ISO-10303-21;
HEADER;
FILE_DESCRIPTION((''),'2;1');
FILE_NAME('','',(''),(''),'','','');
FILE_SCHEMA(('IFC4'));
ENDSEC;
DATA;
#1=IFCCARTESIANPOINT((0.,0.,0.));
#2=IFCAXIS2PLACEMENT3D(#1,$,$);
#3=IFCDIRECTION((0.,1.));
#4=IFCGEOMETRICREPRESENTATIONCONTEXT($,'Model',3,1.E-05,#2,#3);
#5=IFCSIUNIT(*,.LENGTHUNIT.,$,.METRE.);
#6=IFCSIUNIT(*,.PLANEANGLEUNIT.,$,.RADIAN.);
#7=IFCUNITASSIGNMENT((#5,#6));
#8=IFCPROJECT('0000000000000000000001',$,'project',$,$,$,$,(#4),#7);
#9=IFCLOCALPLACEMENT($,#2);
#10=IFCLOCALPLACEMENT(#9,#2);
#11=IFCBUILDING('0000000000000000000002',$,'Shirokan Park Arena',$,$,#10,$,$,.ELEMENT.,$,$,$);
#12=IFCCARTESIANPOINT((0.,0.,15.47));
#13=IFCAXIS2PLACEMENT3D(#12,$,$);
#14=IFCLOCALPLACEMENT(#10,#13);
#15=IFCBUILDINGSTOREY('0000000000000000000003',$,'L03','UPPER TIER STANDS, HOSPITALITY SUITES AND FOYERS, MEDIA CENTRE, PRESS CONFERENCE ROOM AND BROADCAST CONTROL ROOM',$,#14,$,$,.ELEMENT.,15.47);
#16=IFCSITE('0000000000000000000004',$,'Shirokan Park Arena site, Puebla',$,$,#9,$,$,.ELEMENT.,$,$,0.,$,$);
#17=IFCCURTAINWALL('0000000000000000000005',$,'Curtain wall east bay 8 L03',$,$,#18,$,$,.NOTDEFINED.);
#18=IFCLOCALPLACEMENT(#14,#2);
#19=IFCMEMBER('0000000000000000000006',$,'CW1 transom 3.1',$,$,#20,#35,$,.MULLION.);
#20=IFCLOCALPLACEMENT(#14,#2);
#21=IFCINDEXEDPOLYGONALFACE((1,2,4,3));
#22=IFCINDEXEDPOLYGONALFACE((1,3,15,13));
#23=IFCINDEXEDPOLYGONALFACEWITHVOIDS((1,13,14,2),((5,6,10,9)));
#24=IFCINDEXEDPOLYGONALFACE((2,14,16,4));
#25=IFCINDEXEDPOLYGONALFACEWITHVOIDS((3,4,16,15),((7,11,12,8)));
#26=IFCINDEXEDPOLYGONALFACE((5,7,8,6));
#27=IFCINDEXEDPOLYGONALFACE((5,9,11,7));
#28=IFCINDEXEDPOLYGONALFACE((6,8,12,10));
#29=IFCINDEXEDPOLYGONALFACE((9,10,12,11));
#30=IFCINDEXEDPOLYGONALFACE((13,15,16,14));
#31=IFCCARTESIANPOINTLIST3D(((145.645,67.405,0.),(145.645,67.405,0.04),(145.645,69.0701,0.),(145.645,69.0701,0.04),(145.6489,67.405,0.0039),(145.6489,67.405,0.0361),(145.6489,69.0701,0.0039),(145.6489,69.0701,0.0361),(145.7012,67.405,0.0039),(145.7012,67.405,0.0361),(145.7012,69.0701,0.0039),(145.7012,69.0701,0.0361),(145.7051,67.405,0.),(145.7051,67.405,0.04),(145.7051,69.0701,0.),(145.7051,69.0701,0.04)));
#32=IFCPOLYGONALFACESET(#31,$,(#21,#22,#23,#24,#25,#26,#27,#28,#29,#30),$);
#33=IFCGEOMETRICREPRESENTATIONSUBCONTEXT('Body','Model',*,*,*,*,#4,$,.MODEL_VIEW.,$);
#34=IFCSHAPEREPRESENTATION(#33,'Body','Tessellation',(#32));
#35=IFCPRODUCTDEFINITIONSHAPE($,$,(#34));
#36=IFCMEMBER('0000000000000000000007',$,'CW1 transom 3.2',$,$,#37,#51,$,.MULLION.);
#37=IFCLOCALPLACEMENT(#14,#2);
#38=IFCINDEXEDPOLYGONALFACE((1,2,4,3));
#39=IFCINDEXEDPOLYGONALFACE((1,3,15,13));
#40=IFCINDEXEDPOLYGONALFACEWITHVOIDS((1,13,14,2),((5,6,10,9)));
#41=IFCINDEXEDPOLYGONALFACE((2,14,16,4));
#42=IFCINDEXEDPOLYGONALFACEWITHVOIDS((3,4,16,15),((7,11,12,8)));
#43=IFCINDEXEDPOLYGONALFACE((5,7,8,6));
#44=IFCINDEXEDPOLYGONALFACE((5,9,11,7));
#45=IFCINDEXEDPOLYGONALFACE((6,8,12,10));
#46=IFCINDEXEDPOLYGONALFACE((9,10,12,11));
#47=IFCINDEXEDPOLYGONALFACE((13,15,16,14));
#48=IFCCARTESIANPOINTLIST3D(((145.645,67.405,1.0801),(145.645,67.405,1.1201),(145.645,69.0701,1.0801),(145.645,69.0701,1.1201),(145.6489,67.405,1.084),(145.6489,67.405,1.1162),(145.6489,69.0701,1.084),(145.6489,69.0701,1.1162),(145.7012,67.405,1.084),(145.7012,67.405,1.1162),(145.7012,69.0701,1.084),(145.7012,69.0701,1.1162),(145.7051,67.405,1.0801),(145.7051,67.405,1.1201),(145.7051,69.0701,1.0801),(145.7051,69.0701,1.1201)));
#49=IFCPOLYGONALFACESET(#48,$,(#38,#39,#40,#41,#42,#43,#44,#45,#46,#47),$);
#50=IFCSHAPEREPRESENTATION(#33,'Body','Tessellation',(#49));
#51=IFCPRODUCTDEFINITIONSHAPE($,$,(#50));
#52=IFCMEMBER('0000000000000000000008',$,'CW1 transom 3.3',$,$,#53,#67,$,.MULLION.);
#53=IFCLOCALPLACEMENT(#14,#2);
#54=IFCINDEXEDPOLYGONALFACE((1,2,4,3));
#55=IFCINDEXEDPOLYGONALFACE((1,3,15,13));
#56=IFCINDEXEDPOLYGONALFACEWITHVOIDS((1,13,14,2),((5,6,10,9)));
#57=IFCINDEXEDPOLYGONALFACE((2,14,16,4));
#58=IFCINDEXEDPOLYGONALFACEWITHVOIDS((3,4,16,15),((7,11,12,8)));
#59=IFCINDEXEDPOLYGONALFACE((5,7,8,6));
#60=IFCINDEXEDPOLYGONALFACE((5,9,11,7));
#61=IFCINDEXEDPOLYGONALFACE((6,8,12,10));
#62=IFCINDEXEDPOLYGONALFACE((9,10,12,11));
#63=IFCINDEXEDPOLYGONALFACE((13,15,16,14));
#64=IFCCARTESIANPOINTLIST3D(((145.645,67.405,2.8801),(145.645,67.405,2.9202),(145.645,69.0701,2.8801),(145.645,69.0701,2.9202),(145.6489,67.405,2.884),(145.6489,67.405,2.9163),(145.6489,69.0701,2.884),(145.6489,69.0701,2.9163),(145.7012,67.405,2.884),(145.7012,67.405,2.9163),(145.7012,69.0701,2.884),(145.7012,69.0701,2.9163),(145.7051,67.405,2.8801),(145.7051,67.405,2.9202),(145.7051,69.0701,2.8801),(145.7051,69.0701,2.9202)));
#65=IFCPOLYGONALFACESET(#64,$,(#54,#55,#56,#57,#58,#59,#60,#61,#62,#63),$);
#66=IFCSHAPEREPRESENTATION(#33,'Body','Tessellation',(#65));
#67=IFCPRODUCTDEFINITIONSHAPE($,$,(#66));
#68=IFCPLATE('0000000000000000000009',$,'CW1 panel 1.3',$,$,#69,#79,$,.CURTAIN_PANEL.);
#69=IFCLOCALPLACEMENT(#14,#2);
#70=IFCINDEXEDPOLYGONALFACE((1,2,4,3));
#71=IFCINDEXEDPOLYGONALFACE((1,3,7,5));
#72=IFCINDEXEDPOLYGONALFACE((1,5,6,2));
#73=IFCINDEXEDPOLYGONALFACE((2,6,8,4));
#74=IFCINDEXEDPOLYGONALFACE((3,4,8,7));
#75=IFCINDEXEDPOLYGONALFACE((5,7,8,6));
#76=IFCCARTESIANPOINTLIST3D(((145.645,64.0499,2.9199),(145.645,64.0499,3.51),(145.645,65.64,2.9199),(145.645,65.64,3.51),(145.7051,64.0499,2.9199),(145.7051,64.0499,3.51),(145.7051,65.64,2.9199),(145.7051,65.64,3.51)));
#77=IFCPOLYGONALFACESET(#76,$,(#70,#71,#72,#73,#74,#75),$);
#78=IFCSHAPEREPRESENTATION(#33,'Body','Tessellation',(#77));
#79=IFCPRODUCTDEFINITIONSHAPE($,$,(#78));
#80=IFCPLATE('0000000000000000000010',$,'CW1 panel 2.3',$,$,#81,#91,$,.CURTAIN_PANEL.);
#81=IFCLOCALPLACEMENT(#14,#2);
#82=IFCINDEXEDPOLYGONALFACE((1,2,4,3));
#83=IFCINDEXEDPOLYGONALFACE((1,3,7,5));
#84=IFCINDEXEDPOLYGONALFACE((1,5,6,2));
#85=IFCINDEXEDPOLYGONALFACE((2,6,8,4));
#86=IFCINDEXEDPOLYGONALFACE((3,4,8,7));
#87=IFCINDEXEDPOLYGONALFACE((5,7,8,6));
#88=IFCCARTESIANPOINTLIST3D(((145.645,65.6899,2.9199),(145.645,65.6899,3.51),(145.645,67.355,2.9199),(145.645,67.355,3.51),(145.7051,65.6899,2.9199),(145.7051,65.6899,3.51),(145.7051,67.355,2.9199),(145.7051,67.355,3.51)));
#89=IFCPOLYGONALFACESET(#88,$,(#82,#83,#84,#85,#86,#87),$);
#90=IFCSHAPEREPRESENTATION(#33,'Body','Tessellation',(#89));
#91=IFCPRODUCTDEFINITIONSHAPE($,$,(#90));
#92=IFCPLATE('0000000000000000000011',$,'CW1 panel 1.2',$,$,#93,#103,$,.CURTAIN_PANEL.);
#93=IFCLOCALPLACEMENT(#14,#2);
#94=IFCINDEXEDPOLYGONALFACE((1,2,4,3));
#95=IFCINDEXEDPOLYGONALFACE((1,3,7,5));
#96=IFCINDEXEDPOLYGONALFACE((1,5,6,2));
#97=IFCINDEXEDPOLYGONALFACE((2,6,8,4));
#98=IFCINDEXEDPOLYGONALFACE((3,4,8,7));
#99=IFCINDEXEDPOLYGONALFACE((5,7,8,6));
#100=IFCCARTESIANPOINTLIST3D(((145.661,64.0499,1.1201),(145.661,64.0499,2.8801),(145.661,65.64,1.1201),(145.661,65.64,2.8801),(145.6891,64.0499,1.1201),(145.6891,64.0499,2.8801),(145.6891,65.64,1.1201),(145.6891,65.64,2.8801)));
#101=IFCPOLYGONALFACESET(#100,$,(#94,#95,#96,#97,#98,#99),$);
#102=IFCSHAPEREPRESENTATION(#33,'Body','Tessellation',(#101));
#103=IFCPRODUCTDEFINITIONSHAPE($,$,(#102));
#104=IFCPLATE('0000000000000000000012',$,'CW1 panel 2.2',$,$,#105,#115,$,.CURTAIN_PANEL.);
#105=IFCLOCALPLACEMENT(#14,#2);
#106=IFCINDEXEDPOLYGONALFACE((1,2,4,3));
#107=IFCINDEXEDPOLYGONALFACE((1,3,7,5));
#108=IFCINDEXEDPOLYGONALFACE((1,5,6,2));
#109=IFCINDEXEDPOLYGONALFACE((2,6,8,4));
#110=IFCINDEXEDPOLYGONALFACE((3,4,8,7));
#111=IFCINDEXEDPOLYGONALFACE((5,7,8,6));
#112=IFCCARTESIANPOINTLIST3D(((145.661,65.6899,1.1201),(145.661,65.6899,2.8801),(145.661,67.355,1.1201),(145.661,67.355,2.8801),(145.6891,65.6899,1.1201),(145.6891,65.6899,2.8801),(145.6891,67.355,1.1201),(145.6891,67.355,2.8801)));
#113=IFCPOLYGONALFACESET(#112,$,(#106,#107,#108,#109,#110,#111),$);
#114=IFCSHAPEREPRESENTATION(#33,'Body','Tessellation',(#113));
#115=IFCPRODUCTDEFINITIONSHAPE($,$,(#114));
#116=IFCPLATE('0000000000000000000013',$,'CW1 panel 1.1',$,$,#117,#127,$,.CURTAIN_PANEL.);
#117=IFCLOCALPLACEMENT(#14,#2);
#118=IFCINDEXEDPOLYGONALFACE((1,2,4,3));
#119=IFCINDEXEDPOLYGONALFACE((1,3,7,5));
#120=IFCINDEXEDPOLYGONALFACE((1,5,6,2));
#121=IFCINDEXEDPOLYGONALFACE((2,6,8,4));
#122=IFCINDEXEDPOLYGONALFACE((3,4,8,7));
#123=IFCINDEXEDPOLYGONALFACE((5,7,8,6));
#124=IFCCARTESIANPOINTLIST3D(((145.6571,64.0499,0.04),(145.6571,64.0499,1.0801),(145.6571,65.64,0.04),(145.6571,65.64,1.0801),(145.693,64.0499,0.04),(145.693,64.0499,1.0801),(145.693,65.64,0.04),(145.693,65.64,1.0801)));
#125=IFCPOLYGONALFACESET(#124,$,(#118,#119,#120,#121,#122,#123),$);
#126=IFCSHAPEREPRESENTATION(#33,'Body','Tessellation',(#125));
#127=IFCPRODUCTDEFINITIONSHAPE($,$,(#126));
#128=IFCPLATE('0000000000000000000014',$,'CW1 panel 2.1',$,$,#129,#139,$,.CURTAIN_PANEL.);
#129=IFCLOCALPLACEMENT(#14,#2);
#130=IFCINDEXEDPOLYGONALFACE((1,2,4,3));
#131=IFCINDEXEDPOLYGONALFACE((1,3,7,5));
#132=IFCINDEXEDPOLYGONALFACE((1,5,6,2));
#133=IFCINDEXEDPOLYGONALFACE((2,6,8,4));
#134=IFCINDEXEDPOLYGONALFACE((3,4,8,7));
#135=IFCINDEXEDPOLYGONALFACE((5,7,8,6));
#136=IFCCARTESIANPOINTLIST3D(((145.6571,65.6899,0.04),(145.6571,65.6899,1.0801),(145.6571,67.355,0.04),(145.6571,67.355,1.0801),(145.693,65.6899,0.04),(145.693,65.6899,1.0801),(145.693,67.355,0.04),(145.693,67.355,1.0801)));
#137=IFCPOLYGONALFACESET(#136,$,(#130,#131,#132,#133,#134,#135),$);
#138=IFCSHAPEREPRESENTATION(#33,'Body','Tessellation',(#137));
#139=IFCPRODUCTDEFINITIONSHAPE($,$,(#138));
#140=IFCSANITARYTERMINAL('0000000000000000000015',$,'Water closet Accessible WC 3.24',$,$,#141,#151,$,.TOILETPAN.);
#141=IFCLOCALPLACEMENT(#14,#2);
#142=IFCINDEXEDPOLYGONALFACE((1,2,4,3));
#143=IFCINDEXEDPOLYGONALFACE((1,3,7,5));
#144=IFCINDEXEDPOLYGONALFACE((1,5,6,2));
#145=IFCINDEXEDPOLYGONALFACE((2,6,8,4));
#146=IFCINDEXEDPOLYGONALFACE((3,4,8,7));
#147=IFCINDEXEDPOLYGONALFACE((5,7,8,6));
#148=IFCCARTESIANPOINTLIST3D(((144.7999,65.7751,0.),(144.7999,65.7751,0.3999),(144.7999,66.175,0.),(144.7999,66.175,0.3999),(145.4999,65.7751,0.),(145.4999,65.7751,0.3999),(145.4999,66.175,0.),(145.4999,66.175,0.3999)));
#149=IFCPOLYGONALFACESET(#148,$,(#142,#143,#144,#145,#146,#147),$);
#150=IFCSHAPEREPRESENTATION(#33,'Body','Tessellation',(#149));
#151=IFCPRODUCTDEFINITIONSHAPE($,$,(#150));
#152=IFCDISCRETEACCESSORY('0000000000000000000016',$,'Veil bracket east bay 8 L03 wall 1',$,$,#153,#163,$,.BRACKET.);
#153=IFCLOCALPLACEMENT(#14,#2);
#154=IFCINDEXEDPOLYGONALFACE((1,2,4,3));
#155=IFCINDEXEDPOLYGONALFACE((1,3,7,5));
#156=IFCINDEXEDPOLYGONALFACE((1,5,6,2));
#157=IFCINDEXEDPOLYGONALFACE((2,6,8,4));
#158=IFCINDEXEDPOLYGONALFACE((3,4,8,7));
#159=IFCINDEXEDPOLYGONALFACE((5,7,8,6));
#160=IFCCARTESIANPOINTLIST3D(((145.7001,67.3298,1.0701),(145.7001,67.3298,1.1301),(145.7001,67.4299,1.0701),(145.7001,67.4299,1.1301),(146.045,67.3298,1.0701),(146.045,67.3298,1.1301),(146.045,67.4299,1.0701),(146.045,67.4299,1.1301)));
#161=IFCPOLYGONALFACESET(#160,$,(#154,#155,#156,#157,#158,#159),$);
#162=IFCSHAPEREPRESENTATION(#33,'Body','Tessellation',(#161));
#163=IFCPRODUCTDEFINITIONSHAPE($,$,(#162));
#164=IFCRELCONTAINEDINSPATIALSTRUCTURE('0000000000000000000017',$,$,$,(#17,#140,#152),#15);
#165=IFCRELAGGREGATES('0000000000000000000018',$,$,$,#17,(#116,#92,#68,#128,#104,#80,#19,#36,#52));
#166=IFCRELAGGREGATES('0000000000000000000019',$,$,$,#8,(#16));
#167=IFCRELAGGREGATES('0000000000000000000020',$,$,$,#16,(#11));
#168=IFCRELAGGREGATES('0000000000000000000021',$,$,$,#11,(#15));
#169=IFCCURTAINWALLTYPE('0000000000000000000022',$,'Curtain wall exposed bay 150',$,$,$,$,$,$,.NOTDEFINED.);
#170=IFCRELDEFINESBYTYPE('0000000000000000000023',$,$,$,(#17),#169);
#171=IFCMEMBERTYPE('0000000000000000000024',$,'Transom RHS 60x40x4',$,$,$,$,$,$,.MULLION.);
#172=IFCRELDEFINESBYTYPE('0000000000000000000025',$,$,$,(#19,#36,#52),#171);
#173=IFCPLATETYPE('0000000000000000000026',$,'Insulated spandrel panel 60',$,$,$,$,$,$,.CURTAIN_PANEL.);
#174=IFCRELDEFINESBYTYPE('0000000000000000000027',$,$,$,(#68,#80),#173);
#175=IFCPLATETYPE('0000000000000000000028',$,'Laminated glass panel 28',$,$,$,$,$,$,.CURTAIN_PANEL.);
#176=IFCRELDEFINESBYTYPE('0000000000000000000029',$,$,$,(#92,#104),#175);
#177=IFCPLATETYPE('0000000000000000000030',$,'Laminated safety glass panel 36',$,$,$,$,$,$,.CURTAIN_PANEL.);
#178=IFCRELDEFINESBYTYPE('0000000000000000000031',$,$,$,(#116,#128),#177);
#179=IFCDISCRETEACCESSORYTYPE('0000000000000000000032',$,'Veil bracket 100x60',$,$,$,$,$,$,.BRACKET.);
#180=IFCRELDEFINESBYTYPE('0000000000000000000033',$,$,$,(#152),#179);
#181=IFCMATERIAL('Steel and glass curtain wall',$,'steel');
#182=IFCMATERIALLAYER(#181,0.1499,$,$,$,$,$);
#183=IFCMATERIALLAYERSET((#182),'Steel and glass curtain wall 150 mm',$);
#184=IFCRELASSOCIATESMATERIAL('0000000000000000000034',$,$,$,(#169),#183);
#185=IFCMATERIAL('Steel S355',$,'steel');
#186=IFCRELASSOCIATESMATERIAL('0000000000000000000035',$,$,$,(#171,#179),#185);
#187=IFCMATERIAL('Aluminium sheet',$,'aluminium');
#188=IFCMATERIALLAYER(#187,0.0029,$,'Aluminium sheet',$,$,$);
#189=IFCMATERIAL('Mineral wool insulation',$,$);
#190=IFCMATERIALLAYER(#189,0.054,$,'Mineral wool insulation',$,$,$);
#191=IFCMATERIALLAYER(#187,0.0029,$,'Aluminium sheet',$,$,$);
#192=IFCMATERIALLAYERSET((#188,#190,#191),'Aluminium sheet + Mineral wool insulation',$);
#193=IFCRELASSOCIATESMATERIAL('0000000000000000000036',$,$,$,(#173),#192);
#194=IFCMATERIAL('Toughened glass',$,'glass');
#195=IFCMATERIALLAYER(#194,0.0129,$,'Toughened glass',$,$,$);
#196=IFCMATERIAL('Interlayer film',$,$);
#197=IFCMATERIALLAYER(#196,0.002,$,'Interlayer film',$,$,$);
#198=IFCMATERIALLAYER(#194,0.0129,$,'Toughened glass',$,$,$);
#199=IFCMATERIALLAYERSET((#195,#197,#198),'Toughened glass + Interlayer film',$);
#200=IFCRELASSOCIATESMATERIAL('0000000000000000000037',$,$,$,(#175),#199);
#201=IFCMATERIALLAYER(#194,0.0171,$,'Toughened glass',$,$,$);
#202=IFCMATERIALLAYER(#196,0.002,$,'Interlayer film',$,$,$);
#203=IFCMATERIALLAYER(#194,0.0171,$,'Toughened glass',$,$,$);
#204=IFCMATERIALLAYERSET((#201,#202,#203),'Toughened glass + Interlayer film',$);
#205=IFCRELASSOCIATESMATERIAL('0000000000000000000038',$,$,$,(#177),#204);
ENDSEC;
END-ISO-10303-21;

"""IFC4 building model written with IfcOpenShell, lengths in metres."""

from ifc_helpers import new_model, si_unit, direction, frame, origin, origin_2d, place, context, subcontext, project, spatial, rectangle, hollow_rectangle, extrude, material, layer, layer_set, material_profile, profile_set, type_object, element, aggregate, save


model = new_model("IFC4")

# Units and contexts
model_context = context("Model", 3, precision=1e-05, world=origin(), true_north=direction((0.0, 1.0)))
body_context = subcontext(model_context, "Body", "Model", "MODEL_VIEW")
ifc_project = project(units=[si_unit("LENGTHUNIT", "METRE"), si_unit("PLANEANGLEUNIT", "RADIAN")], contexts=[model_context])

# Site, building, storey
site_placement = place(None, origin())
site = spatial("IfcSite", under=ifc_project, at=site_placement, Name="Shirokan Park Arena site, Puebla", CompositionType="ELEMENT", RefElevation=0.0)
building_placement = place(site_placement, origin())
building = spatial("IfcBuilding", under=site, at=building_placement, Name="Shirokan Park Arena", CompositionType="ELEMENT")
storey_placement = place(building_placement, frame((0.0, 0.0, 15.47)))
storey = spatial("IfcBuildingStorey", under=building, at=storey_placement, Name="L03", Description="UPPER TIER STANDS, HOSPITALITY SUITES AND FOYERS, MEDIA CENTRE, PRESS CONFERENCE ROOM AND BROADCAST CONTROL ROOM", CompositionType="ELEMENT", Elevation=15.47)

# Curtain wall
ifc_material_1 = material(Name="Steel and glass curtain wall", Category="steel")
ifc_layer_1 = layer(ifc_material_1, 0.1499)
ifc_layer_set_1 = layer_set([ifc_layer_1], Name="Steel and glass curtain wall 150 mm")
curtain_wall_type = type_object("IfcCurtainWallType", Name="Curtain wall exposed bay 150", PredefinedType="NOTDEFINED", material=ifc_layer_set_1)
curtain_wall_placement = place(storey_placement, origin())
curtain_wall = element("IfcCurtainWall", 1, at=curtain_wall_placement, inside=storey, type_object=curtain_wall_type, Name="Curtain wall east bay 8 L03", PredefinedType="NOTDEFINED")
ifc_material_2 = material(Name="Steel S355", Category="steel")

# Members
ifc_material_profile_1 = material_profile(ifc_material_2, hollow_rectangle(XDim=0.0601, YDim=0.04, WallThickness=0.0039, at=origin_2d()), Name="RHS 60x40x4")
ifc_profile_set_1 = profile_set([ifc_material_profile_1], Name="Steel S355")
member_type_1 = type_object("IfcMemberType", Name="Transom RHS 60x40x4", PredefinedType="MULLION", material=ifc_profile_set_1)
member_1_placement = place(storey_placement, frame((145.675, 67.405, 0.02), z_axis=(0.0, 1.0, 0.0), x_axis=(-1.0, 0.0, 0.0)))
member_1 = element("IfcMember", 2, at=member_1_placement, type_object=member_type_1, Name="CW1 transom 3.1", PredefinedType="MULLION", context=body_context, shape_type="SweptSolid", body=[
    extrude(hollow_rectangle(XDim=0.0601, YDim=0.04, WallThickness=0.0039, at=origin_2d()), origin(), (0.0, 0.0, 1.0), 1.665),
])
member_2_placement = place(storey_placement, frame((145.675, 67.405, 1.1001), z_axis=(0.0, 1.0, 0.0), x_axis=(-1.0, 0.0, 0.0)))
member_2 = element("IfcMember", 3, at=member_2_placement, type_object=member_type_1, Name="CW1 transom 3.2", PredefinedType="MULLION", context=body_context, shape_type="SweptSolid", body=[
    extrude(hollow_rectangle(XDim=0.0601, YDim=0.04, WallThickness=0.0039, at=origin_2d()), origin(), (0.0, 0.0, 1.0), 1.665),
])
member_3_placement = place(storey_placement, frame((145.675, 67.405, 2.9001), z_axis=(0.0, 1.0, 0.0), x_axis=(-1.0, 0.0, 0.0)))
member_3 = element("IfcMember", 4, at=member_3_placement, type_object=member_type_1, Name="CW1 transom 3.3", PredefinedType="MULLION", context=body_context, shape_type="SweptSolid", body=[
    extrude(hollow_rectangle(XDim=0.0601, YDim=0.04, WallThickness=0.0039, at=origin_2d()), origin(), (0.0, 0.0, 1.0), 1.665),
])

# Plates
ifc_material_3 = material(Name="Aluminium sheet", Category="aluminium")
ifc_layer_2 = layer(ifc_material_3, 0.0029, Name="Aluminium sheet")
ifc_material_4 = material(Name="Mineral wool insulation")
ifc_layer_3 = layer(ifc_material_4, 0.054, Name="Mineral wool insulation")
ifc_layer_4 = layer(ifc_material_3, 0.0029, Name="Aluminium sheet")
ifc_layer_set_2 = layer_set([ifc_layer_2, ifc_layer_3, ifc_layer_4], Name="Aluminium sheet + Mineral wool insulation")
plate_type_1 = type_object("IfcPlateType", Name="Insulated spandrel panel 60", PredefinedType="CURTAIN_PANEL", material=ifc_layer_set_2)
plate_1_placement = place(storey_placement, frame((145.675, 64.845, 2.9199), z_axis=(0.0, 0.0, 1.0), x_axis=(0.0, 1.0, 0.0)))
plate_1 = element("IfcPlate", 5, at=plate_1_placement, type_object=plate_type_1, Name="CW1 panel 1.3", PredefinedType="CURTAIN_PANEL", context=body_context, shape_type="SweptSolid", body=[
    extrude(rectangle(XDim=1.5901, YDim=0.0601, at=origin_2d()), origin(), (0.0, 0.0, 1.0), 0.5901),
])
plate_2_placement = place(storey_placement, frame((145.675, 66.5225, 2.9199), z_axis=(0.0, 0.0, 1.0), x_axis=(0.0, 1.0, 0.0)))
plate_2 = element("IfcPlate", 6, at=plate_2_placement, type_object=plate_type_1, Name="CW1 panel 2.3", PredefinedType="CURTAIN_PANEL", context=body_context, shape_type="SweptSolid", body=[
    extrude(rectangle(XDim=1.665, YDim=0.0601, at=origin_2d()), origin(), (0.0, 0.0, 1.0), 0.5901),
])
ifc_material_5 = material(Name="Toughened glass", Category="glass")
ifc_layer_5 = layer(ifc_material_5, 0.0129, Name="Toughened glass")
ifc_material_6 = material(Name="Interlayer film")
ifc_layer_6 = layer(ifc_material_6, 0.002, Name="Interlayer film")
ifc_layer_7 = layer(ifc_material_5, 0.0129, Name="Toughened glass")
ifc_layer_set_3 = layer_set([ifc_layer_5, ifc_layer_6, ifc_layer_7], Name="Toughened glass + Interlayer film")
plate_type_2 = type_object("IfcPlateType", Name="Laminated glass panel 28", PredefinedType="CURTAIN_PANEL", material=ifc_layer_set_3)
plate_3_placement = place(storey_placement, frame((145.675, 64.845, 1.1201), z_axis=(0.0, 0.0, 1.0), x_axis=(0.0, 1.0, 0.0)))
plate_3 = element("IfcPlate", 7, at=plate_3_placement, type_object=plate_type_2, Name="CW1 panel 1.2", PredefinedType="CURTAIN_PANEL", context=body_context, shape_type="SweptSolid", body=[
    extrude(rectangle(XDim=1.5901, YDim=0.0281, at=origin_2d()), origin(), (0.0, 0.0, 1.0), 1.76),
])
plate_4_placement = place(storey_placement, frame((145.675, 66.5225, 1.1201), z_axis=(0.0, 0.0, 1.0), x_axis=(0.0, 1.0, 0.0)))
plate_4 = element("IfcPlate", 8, at=plate_4_placement, type_object=plate_type_2, Name="CW1 panel 2.2", PredefinedType="CURTAIN_PANEL", context=body_context, shape_type="SweptSolid", body=[
    extrude(rectangle(XDim=1.665, YDim=0.0281, at=origin_2d()), origin(), (0.0, 0.0, 1.0), 1.76),
])
ifc_layer_8 = layer(ifc_material_5, 0.0171, Name="Toughened glass")
ifc_layer_9 = layer(ifc_material_6, 0.002, Name="Interlayer film")
ifc_layer_10 = layer(ifc_material_5, 0.0171, Name="Toughened glass")
ifc_layer_set_4 = layer_set([ifc_layer_8, ifc_layer_9, ifc_layer_10], Name="Toughened glass + Interlayer film")
plate_type_3 = type_object("IfcPlateType", Name="Laminated safety glass panel 36", PredefinedType="CURTAIN_PANEL", material=ifc_layer_set_4)
plate_5_placement = place(storey_placement, frame((145.675, 64.845, 0.04), z_axis=(0.0, 0.0, 1.0), x_axis=(0.0, 1.0, 0.0)))
plate_5 = element("IfcPlate", 9, at=plate_5_placement, type_object=plate_type_3, Name="CW1 panel 1.1", PredefinedType="CURTAIN_PANEL", context=body_context, shape_type="SweptSolid", body=[
    extrude(rectangle(XDim=1.5901, YDim=0.0359, at=origin_2d()), origin(), (0.0, 0.0, 1.0), 1.04),
])
plate_6_placement = place(storey_placement, frame((145.675, 66.5225, 0.04), z_axis=(0.0, 0.0, 1.0), x_axis=(0.0, 1.0, 0.0)))
plate_6 = element("IfcPlate", 10, at=plate_6_placement, type_object=plate_type_3, Name="CW1 panel 2.1", PredefinedType="CURTAIN_PANEL", context=body_context, shape_type="SweptSolid", body=[
    extrude(rectangle(XDim=1.665, YDim=0.0359, at=origin_2d()), origin(), (0.0, 0.0, 1.0), 1.04),
])
aggregate(curtain_wall, [plate_5, plate_3, plate_1, plate_6, plate_4, plate_2, member_1, member_2, member_3])

# Sanitary terminal
sanitary_terminal_placement = place(storey_placement, frame((145.1499, 65.9751, 0.0), z_axis=(0.0, 0.0, 1.0), x_axis=(1.0, 0.0, 0.0)))
element("IfcSanitaryTerminal", 11, at=sanitary_terminal_placement, inside=storey, Name="Water closet Accessible WC 3.24", PredefinedType="TOILETPAN", context=body_context, shape_type="SweptSolid", body=[
    extrude(rectangle(XDim=0.7, YDim=0.3999, at=origin_2d()), origin(), (0.0, 0.0, 1.0), 0.3999),
])

# Discrete accessory
discrete_accessory_type = type_object("IfcDiscreteAccessoryType", Name="Veil bracket 100x60", PredefinedType="BRACKET", material=ifc_material_2)
discrete_accessory_placement = place(storey_placement, frame((145.8726, 67.3799, 1.0701), z_axis=(0.0, 0.0, 1.0), x_axis=(0.0, 1.0, 0.0)))
element("IfcDiscreteAccessory", 12, at=discrete_accessory_placement, inside=storey, type_object=discrete_accessory_type, Name="Veil bracket east bay 8 L03 wall 1", PredefinedType="BRACKET", context=body_context, shape_type="SweptSolid", body=[
    extrude(rectangle(XDim=0.1001, YDim=0.345, at=origin_2d()), origin(), (0.0, 0.0, 1.0), 0.0601),
])

save(model, "model.ifc")
